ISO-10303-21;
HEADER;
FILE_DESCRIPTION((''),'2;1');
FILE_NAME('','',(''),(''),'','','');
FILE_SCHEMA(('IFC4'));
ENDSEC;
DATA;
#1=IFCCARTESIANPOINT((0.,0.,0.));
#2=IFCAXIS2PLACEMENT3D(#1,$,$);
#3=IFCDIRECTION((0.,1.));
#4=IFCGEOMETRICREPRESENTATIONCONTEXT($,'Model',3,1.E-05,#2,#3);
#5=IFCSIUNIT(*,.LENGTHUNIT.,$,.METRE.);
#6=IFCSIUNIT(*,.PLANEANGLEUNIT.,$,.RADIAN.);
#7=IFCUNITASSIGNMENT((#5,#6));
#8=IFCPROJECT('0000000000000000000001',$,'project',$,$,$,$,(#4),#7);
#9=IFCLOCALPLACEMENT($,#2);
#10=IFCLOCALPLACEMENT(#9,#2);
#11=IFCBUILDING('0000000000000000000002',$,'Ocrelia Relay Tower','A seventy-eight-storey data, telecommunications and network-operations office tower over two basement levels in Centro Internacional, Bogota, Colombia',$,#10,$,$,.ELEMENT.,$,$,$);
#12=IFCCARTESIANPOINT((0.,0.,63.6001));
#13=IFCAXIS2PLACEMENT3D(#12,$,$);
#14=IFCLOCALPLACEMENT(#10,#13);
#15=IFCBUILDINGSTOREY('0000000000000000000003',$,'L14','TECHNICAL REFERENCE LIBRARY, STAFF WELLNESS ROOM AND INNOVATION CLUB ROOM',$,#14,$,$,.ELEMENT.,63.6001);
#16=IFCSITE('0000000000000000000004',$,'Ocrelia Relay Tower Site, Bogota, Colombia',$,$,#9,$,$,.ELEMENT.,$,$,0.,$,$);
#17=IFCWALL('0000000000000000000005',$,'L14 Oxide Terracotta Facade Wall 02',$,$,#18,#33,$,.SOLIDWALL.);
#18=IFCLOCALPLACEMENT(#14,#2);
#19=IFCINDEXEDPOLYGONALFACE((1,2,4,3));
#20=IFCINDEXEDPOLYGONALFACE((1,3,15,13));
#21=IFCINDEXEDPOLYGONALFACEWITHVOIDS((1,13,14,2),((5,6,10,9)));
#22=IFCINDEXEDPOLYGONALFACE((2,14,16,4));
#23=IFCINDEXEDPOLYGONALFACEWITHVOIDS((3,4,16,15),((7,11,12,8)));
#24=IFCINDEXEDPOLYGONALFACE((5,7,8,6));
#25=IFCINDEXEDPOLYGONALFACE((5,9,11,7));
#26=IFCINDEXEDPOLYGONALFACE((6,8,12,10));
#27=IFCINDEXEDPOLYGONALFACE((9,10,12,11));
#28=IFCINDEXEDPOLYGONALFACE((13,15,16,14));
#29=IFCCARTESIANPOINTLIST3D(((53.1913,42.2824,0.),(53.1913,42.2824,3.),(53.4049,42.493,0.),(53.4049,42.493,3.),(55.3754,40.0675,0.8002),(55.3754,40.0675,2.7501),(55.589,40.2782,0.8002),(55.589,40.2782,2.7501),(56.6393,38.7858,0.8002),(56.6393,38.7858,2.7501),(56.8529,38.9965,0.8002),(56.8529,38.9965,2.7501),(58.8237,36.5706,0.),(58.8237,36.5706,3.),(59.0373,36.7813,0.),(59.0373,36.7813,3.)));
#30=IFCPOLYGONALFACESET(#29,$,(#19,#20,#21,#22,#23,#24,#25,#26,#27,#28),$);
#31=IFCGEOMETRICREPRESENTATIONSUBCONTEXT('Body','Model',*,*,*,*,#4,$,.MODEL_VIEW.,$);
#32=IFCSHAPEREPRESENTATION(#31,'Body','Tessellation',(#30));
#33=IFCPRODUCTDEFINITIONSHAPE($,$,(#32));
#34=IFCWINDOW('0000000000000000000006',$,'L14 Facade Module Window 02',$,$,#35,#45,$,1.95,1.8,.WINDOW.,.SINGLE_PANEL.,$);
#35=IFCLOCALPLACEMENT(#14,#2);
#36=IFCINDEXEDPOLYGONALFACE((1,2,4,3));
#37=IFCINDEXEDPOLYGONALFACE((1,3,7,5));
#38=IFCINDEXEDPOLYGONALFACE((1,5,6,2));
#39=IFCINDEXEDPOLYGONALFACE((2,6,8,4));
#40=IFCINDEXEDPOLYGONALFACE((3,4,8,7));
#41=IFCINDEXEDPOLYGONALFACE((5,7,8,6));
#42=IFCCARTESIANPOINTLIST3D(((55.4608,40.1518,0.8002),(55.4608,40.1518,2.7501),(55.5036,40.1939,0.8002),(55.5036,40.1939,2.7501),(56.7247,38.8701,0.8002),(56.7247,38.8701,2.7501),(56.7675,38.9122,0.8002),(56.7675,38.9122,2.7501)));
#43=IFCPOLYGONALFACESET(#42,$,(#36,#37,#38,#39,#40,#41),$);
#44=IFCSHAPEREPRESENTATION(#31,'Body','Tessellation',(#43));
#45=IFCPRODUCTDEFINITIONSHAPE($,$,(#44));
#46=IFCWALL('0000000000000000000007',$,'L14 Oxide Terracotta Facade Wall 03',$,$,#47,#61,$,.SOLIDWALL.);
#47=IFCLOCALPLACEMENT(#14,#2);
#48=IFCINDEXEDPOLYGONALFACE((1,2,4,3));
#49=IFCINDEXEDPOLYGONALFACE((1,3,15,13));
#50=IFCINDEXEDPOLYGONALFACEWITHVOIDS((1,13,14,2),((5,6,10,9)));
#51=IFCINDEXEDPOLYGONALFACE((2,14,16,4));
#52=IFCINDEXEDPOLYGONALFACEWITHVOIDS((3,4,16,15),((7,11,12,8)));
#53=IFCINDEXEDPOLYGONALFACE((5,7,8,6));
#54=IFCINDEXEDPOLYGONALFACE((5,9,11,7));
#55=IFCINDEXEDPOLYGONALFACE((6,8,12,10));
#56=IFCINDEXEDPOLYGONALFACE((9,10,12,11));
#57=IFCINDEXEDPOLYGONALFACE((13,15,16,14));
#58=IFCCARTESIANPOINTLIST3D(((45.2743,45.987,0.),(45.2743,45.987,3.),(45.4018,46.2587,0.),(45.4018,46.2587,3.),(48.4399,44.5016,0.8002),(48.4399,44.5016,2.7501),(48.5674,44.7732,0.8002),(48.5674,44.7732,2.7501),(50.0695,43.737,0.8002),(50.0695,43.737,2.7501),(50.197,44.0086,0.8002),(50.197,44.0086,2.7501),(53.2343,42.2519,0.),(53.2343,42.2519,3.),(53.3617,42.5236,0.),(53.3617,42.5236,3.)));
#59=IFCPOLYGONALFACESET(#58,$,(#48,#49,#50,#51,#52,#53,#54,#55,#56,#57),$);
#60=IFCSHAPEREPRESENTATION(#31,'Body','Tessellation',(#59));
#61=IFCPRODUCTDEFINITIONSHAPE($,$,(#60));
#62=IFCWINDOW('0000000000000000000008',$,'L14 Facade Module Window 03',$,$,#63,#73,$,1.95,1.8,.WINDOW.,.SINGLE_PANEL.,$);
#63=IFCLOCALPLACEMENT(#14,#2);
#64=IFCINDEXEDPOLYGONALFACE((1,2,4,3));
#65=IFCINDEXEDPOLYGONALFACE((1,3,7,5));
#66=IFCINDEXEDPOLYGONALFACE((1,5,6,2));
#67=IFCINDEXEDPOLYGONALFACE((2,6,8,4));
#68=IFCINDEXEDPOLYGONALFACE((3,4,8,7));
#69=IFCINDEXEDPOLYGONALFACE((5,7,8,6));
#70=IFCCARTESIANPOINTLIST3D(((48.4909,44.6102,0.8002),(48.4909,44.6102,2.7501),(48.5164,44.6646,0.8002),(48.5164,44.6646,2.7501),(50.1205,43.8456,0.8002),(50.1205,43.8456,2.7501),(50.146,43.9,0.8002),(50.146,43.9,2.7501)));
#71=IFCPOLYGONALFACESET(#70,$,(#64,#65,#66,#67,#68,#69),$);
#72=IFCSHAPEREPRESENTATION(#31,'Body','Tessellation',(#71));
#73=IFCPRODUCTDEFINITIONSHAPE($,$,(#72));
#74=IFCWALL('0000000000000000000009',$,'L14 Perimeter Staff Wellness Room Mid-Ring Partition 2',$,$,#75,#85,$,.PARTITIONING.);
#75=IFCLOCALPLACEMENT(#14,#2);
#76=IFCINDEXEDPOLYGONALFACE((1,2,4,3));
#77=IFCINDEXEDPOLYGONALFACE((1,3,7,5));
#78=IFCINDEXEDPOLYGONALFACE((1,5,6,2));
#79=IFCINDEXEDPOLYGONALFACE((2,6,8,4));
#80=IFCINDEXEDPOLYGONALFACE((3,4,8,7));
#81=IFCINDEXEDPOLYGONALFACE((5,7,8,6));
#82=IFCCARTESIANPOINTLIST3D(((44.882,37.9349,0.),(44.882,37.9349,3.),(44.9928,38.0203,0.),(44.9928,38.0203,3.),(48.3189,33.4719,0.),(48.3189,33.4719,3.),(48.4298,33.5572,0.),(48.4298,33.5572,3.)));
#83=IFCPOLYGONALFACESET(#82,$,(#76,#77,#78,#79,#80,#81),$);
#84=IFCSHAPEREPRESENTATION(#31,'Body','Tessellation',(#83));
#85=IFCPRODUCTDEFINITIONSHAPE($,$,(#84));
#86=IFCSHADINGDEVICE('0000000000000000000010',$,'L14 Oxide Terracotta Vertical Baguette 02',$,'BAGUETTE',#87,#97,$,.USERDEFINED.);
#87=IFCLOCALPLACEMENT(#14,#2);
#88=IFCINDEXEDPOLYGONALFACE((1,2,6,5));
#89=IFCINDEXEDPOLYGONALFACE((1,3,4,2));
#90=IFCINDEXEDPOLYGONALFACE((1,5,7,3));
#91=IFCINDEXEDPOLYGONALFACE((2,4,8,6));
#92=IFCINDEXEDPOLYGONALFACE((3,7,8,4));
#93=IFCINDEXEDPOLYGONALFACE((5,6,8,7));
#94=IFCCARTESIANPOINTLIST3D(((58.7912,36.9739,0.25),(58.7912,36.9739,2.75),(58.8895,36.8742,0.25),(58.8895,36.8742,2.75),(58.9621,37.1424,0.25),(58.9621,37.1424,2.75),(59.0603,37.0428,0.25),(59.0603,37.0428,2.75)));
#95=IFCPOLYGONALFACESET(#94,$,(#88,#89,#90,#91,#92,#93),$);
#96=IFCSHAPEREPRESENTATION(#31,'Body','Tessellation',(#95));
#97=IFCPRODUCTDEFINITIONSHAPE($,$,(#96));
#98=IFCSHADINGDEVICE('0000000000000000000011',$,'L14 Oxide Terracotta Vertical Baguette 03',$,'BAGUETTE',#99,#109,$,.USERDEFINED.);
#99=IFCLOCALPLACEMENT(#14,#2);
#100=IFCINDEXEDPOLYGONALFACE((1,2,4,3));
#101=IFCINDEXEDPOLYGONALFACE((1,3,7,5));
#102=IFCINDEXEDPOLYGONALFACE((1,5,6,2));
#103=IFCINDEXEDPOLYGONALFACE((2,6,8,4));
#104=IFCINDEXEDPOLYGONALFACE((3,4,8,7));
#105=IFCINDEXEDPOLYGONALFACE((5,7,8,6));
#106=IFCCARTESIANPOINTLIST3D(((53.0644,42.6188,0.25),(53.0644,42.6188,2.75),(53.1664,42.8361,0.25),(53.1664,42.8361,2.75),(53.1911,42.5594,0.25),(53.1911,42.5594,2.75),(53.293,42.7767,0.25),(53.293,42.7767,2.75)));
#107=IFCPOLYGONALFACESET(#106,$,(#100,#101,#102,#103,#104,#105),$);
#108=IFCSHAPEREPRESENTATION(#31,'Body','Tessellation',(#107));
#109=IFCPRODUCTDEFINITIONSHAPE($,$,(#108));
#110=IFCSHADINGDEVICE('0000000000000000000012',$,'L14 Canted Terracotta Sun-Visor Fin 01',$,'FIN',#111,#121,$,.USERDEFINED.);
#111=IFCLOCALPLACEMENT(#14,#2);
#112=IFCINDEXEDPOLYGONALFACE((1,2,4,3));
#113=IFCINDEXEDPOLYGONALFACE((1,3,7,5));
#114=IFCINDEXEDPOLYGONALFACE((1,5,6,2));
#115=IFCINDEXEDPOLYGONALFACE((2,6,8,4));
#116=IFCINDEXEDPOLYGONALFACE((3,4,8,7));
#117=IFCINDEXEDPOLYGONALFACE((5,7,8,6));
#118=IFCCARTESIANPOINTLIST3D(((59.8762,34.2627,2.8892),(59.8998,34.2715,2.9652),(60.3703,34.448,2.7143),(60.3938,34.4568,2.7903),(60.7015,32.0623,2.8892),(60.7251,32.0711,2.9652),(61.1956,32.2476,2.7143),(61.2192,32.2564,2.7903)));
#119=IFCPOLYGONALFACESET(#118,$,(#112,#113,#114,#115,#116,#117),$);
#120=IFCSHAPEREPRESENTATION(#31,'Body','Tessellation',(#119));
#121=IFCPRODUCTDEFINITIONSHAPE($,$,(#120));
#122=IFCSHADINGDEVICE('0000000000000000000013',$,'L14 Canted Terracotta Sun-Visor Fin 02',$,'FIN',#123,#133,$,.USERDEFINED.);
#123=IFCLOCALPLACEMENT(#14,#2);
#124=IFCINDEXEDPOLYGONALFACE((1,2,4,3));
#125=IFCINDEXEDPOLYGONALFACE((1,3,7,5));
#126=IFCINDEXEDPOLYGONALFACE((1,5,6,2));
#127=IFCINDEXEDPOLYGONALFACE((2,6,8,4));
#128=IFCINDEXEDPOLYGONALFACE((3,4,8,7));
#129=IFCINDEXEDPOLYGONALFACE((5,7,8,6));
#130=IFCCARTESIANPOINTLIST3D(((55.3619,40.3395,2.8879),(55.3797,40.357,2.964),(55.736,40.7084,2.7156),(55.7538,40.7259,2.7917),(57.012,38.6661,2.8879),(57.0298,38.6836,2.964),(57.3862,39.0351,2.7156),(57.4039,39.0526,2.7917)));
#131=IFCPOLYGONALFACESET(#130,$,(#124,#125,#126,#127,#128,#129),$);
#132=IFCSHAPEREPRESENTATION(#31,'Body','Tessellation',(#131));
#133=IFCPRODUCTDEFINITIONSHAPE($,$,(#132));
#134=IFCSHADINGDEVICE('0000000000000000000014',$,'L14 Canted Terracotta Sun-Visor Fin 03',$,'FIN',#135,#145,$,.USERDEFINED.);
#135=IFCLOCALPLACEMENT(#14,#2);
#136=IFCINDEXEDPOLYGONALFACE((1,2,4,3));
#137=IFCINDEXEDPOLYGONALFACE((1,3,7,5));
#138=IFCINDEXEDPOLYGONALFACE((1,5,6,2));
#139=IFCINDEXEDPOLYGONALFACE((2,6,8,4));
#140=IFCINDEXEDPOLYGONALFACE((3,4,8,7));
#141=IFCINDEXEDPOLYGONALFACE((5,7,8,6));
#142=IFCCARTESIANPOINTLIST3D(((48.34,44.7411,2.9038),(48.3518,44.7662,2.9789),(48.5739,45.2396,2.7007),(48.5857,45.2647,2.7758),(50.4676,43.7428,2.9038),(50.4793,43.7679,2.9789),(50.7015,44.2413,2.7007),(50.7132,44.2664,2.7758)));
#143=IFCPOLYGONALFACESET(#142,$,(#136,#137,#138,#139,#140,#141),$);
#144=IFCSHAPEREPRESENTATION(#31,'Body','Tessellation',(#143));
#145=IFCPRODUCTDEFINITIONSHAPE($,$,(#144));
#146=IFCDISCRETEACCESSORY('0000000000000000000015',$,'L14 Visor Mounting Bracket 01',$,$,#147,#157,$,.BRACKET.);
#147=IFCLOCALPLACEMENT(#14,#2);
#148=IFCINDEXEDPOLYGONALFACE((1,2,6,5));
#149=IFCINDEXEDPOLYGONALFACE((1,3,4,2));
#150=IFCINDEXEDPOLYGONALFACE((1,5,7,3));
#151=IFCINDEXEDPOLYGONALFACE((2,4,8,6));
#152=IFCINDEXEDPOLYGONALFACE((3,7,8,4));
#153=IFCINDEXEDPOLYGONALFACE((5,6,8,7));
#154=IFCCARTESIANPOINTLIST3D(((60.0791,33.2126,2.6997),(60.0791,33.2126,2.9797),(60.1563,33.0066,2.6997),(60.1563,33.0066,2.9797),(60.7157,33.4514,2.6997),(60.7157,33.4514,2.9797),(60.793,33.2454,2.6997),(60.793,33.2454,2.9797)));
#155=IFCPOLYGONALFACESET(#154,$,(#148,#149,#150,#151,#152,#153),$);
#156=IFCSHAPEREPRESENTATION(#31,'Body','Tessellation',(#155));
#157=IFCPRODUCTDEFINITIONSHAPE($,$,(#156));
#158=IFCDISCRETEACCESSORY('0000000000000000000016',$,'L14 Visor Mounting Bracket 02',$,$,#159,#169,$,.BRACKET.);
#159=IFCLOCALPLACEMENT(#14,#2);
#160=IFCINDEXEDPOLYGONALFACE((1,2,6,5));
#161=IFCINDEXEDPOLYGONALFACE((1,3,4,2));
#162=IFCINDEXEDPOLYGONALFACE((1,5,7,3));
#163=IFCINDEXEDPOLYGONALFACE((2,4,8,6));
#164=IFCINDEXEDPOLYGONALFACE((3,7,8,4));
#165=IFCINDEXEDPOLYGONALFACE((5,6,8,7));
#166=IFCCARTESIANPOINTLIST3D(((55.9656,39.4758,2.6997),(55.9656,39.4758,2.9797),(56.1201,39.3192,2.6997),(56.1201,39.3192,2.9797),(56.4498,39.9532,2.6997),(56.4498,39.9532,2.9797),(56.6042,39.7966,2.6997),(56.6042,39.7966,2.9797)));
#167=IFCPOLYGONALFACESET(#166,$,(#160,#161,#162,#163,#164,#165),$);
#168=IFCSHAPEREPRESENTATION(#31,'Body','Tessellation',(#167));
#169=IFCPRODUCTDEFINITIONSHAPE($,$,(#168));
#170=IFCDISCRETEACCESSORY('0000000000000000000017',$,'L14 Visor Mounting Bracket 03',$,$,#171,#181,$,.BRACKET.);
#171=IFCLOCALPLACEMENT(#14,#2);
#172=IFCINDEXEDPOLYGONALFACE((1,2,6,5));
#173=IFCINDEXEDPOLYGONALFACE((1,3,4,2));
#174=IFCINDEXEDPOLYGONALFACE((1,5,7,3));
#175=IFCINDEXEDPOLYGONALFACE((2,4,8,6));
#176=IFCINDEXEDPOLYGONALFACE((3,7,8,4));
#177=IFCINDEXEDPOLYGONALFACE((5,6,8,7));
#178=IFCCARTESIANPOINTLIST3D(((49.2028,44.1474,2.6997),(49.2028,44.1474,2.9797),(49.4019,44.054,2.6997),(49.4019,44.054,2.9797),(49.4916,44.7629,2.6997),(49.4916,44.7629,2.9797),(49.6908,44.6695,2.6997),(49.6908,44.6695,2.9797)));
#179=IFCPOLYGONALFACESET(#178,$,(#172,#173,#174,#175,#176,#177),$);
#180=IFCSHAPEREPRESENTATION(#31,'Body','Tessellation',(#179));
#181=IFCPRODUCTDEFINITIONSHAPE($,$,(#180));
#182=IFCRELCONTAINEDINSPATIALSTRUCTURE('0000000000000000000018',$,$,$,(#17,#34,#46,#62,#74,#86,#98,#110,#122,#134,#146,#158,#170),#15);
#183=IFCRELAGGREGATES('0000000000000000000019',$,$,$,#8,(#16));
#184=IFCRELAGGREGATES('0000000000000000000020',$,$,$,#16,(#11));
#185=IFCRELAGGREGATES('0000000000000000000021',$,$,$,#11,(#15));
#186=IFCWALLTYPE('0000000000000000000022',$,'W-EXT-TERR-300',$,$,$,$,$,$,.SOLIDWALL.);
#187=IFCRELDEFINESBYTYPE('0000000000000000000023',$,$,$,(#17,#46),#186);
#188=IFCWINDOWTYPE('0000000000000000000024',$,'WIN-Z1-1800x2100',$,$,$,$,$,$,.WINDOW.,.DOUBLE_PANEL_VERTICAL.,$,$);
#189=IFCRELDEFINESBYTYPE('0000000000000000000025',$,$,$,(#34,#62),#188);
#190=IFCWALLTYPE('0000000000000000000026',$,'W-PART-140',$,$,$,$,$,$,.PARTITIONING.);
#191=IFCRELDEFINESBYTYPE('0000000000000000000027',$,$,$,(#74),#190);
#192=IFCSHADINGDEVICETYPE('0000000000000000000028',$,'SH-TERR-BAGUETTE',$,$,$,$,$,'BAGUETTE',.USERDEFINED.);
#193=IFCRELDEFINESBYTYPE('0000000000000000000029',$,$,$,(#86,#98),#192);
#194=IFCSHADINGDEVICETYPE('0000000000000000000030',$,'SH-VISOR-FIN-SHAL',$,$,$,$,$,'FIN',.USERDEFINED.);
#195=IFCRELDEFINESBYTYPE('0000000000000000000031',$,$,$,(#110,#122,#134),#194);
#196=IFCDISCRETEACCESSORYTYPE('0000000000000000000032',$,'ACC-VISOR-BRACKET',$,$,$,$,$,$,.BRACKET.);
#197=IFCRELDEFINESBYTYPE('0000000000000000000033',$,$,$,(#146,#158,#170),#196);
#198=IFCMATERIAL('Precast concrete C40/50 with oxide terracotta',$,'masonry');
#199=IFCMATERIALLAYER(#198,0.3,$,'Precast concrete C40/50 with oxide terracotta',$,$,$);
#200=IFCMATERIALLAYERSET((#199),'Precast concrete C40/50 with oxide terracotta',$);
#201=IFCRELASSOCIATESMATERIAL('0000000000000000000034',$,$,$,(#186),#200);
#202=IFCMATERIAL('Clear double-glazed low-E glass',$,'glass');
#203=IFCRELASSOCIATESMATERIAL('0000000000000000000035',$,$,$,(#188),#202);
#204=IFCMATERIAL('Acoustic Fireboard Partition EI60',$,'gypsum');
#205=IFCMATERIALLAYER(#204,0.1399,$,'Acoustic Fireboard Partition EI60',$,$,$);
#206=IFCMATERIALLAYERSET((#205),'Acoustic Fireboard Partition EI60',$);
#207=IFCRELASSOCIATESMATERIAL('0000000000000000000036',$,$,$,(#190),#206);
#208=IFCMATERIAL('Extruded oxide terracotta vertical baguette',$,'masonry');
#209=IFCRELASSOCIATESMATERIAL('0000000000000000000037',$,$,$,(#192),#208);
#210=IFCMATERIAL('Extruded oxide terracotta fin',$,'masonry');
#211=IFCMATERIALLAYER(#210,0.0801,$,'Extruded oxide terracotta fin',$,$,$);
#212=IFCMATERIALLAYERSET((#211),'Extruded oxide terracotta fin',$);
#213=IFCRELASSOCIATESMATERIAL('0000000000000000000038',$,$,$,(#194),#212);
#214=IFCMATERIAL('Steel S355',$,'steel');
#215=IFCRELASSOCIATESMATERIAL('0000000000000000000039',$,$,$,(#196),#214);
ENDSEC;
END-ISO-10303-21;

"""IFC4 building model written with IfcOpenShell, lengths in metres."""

from ifc_helpers import new_model, si_unit, direction, frame, frame_2d, origin, origin_2d, place, context, subcontext, project, spatial, rectangle, extrude, material, layer, layer_set, type_object, element, fill, save


model = new_model("IFC4")

# Units and contexts
model_context = context("Model", 3, precision=1e-05, world=origin(), true_north=direction((0.0, 1.0)))
body_context = subcontext(model_context, "Body", "Model", "MODEL_VIEW")
ifc_project = project(units=[si_unit("LENGTHUNIT", "METRE"), si_unit("PLANEANGLEUNIT", "RADIAN")], contexts=[model_context])

# Site, building, storey
site_placement = place(None, origin())
site = spatial("IfcSite", under=ifc_project, at=site_placement, Name="Ocrelia Relay Tower Site, Bogota, Colombia", CompositionType="ELEMENT", RefElevation=0.0)
building_placement = place(site_placement, origin())
building = spatial("IfcBuilding", under=site, at=building_placement, Name="Ocrelia Relay Tower", Description="A seventy-eight-storey data, telecommunications and network-operations office tower over two basement levels in Centro Internacional, Bogota, Colombia", CompositionType="ELEMENT")
storey_placement = place(building_placement, frame((0.0, 0.0, 63.6001)))
storey = spatial("IfcBuildingStorey", under=building, at=storey_placement, Name="L14", Description="TECHNICAL REFERENCE LIBRARY, STAFF WELLNESS ROOM AND INNOVATION CLUB ROOM", CompositionType="ELEMENT", Elevation=63.6001)

# Shared definitions
ifc_material_1 = material(Name="Steel S355", Category="steel")

# Shared definitions
ifc_material_2 = material(Name="Clear double-glazed low-E glass", Category="glass")

# Walls, openings, windows
ifc_material_3 = material(Name="Precast concrete C40/50 with oxide terracotta", Category="masonry")
ifc_layer_1 = layer(ifc_material_3, 0.3, Name="Precast concrete C40/50 with oxide terracotta")
ifc_layer_set_1 = layer_set([ifc_layer_1], Name="Precast concrete C40/50 with oxide terracotta")
wall_type_1 = type_object("IfcWallType", Name="W-EXT-TERR-300", PredefinedType="SOLIDWALL", material=ifc_layer_set_1)
wall_1_placement = place(storey_placement, frame((58.9304, 36.676, 0.0), z_axis=(0.0, 0.0, 1.0), x_axis=(-0.702144, 0.712035, 0.0)))
wall_1 = element("IfcWall", 1, at=wall_1_placement, inside=storey, type_object=wall_type_1, Name="L14 Oxide Terracotta Facade Wall 02", PredefinedType="SOLIDWALL", context=body_context, shape_type="SweptSolid", body=[
    extrude(rectangle(XDim=8.0217, YDim=0.3, at=frame_2d((4.0107, 0.0))), origin(), (0.0, 0.0, 1.0), 3.0),
])
opening_1_placement = place(wall_1_placement, frame((3.1111, 0.0, 0.8)))
opening_1 = element("IfcOpeningElement", 2, at=opening_1_placement, cuts=wall_1, PredefinedType="OPENING", context=body_context, shape_type="SweptSolid", body=[
    extrude(rectangle(XDim=1.8, YDim=1.95, at=frame_2d((0.8999, 0.9751))), frame((0.0, 0.1602, 0.0), z_axis=(0.0, -1.0, 0.0), x_axis=(1.0, 0.0, 0.0)), (0.0, 0.0, 1.0), 0.3201),
])
window_type = type_object("IfcWindowType", Name="WIN-Z1-1800x2100", PartitioningType="DOUBLE_PANEL_VERTICAL", PredefinedType="WINDOW", material=ifc_material_2)
window_1_placement = place(opening_1_placement, origin())
window_1 = element("IfcWindow", 3, at=window_1_placement, inside=storey, type_object=window_type, Name="L14 Facade Module Window 02", OverallHeight=1.95, OverallWidth=1.8, PartitioningType="SINGLE_PANEL", PredefinedType="WINDOW", context=body_context, shape_type="SweptSolid", body=[
    extrude(rectangle(XDim=1.8, YDim=1.95, at=frame_2d((0.8999, 0.9751))), frame((0.0, 0.03, 0.0), z_axis=(0.0, -1.0, 0.0), x_axis=(1.0, 0.0, 0.0)), (0.0, 0.0, 1.0), 0.0601),
])
fill(opening_1, window_1)
wall_2_placement = place(storey_placement, frame((53.2981, 42.3877, 0.0), z_axis=(0.0, 0.0, 1.0), x_axis=(-0.905289, 0.424795, 0.0)))
wall_2 = element("IfcWall", 4, at=wall_2_placement, inside=storey, type_object=wall_type_1, Name="L14 Oxide Terracotta Facade Wall 03", PredefinedType="SOLIDWALL", context=body_context, shape_type="SweptSolid", body=[
    extrude(rectangle(XDim=8.7927, YDim=0.3, at=frame_2d((4.3965, 0.0))), origin(), (0.0, 0.0, 1.0), 3.0),
])
opening_2_placement = place(wall_2_placement, frame((3.4961, 0.0, 0.8)))
opening_2 = element("IfcOpeningElement", 5, at=opening_2_placement, cuts=wall_2, PredefinedType="OPENING", context=body_context, shape_type="SweptSolid", body=[
    extrude(rectangle(XDim=1.8, YDim=1.95, at=frame_2d((0.8999, 0.9751))), frame((0.0, 0.1602, 0.0), z_axis=(0.0, -1.0, 0.0), x_axis=(1.0, 0.0, 0.0)), (0.0, 0.0, 1.0), 0.3201),
])
window_2_placement = place(opening_2_placement, origin())
window_2 = element("IfcWindow", 6, at=window_2_placement, inside=storey, type_object=window_type, Name="L14 Facade Module Window 03", OverallHeight=1.95, OverallWidth=1.8, PartitioningType="SINGLE_PANEL", PredefinedType="WINDOW", context=body_context, shape_type="SweptSolid", body=[
    extrude(rectangle(XDim=1.8, YDim=1.95, at=frame_2d((0.8999, 0.9751))), frame((0.0, 0.03, 0.0), z_axis=(0.0, -1.0, 0.0), x_axis=(1.0, 0.0, 0.0)), (0.0, 0.0, 1.0), 0.0601),
])
fill(opening_2, window_2)

# Wall
ifc_material_4 = material(Name="Acoustic Fireboard Partition EI60", Category="gypsum")
ifc_layer_2 = layer(ifc_material_4, 0.1399, Name="Acoustic Fireboard Partition EI60")
ifc_layer_set_2 = layer_set([ifc_layer_2], Name="Acoustic Fireboard Partition EI60")
wall_type_2 = type_object("IfcWallType", Name="W-PART-140", PredefinedType="PARTITIONING", material=ifc_layer_set_2)
wall_3_placement = place(storey_placement, frame((48.3743, 33.5146, 0.0), z_axis=(0.0, 0.0, 1.0), x_axis=(-0.610138, 0.792295, 0.0)))
element("IfcWall", 7, at=wall_3_placement, inside=storey, type_object=wall_type_2, Name="L14 Perimeter Staff Wellness Room Mid-Ring Partition 2", PredefinedType="PARTITIONING", context=body_context, shape_type="SweptSolid", body=[
    extrude(rectangle(XDim=5.6331, YDim=0.1399, at=frame_2d((2.8164, 0.0))), origin(), (0.0, 0.0, 1.0), 3.0),
])

# Shading devices
ifc_material_5 = material(Name="Extruded oxide terracotta vertical baguette", Category="masonry")
shading_device_type_1 = type_object("IfcShadingDeviceType", Name="SH-TERR-BAGUETTE", ElementType="BAGUETTE", PredefinedType="USERDEFINED", material=ifc_material_5)
for number, where, z_axis, x_axis, name in (
    (8, (58.9258, 37.0083, 0.25), (0.0, 0.0, 1.0), (-0.702147, 0.712032, 0.0), "L14 Oxide Terracotta Vertical Baguette 02"),
    (9, (53.1787, 42.6978, 0.25), (0.0, 0.0, 1.0), (-0.905291, 0.424793, 0.0), "L14 Oxide Terracotta Vertical Baguette 03"),
):
    element("IfcShadingDevice", number, at=place(storey_placement, frame(where, z_axis=z_axis, x_axis=x_axis)), inside=storey, type_object=shading_device_type_1, Name=name, ObjectType="BAGUETTE", PredefinedType="USERDEFINED", context=body_context, shape_type="SweptSolid", body=[
        extrude(rectangle(XDim=0.1399, YDim=0.24, at=origin_2d()), origin(), (0.0, 0.0, 1.0), 2.5),
    ])
ifc_material_6 = material(Name="Extruded oxide terracotta fin", Category="masonry")
ifc_layer_3 = layer(ifc_material_6, 0.0801, Name="Extruded oxide terracotta fin")
ifc_layer_set_3 = layer_set([ifc_layer_3], Name="Extruded oxide terracotta fin")
shading_device_type_2 = type_object("IfcShadingDeviceType", Name="SH-VISOR-FIN-SHAL", ElementType="FIN", PredefinedType="USERDEFINED", material=ifc_layer_set_3)
shading_device_1_placement = place(storey_placement, frame((60.5359, 33.2551, 2.8018), z_axis=(0.294613, 0.110504, 0.949206), x_axis=(-0.351189, 0.936304, 0.0)))
element("IfcShadingDevice", 10, at=shading_device_1_placement, inside=storey, type_object=shading_device_type_2, Name="L14 Canted Terracotta Sun-Visor Fin 01", ObjectType="FIN", PredefinedType="USERDEFINED", context=body_context, shape_type="SweptSolid", body=[
    extrude(rectangle(XDim=2.3501, YDim=0.5559, at=origin_2d()), origin(), (0.0, 0.0, 1.0), 0.0801),
])
shading_device_2_placement = place(storey_placement, frame((56.374, 39.6873, 2.8018), z_axis=(0.221802, 0.218723, 0.950244), x_axis=(-0.702147, 0.712032, 0.0)))
element("IfcShadingDevice", 11, at=shading_device_2_placement, inside=storey, type_object=shading_device_type_2, Name="L14 Canted Terracotta Sun-Visor Fin 02", ObjectType="FIN", PredefinedType="USERDEFINED", context=body_context, shape_type="SweptSolid", body=[
    extrude(rectangle(XDim=2.3501, YDim=0.553, at=origin_2d()), origin(), (0.0, 0.0, 1.0), 0.0801),
])
shading_device_3_placement = place(storey_placement, frame((49.5208, 44.4912, 2.8022), z_axis=(0.147028, 0.313337, 0.938191), x_axis=(-0.905291, 0.424793, 0.0)))
element("IfcShadingDevice", 12, at=shading_device_3_placement, inside=storey, type_object=shading_device_type_2, Name="L14 Canted Terracotta Sun-Visor Fin 03", ObjectType="FIN", PredefinedType="USERDEFINED", context=body_context, shape_type="SweptSolid", body=[
    extrude(rectangle(XDim=2.3501, YDim=0.5869, at=origin_2d()), origin(), (0.0, 0.0, 1.0), 0.0801),
])

# Discrete accessories
discrete_accessory_type = type_object("IfcDiscreteAccessoryType", Name="ACC-VISOR-BRACKET", PredefinedType="BRACKET", material=ifc_material_1)
for number, where, z_axis, x_axis, name in (
    (13, (60.436, 33.229, 2.6997), (0.0, 0.0, 1.0), (-0.351189, 0.936304, 0.0), "L14 Visor Mounting Bracket 01"),
    (14, (56.2849, 39.6362, 2.6997), (0.0, 0.0, 1.0), (-0.702147, 0.712032, 0.0), "L14 Visor Mounting Bracket 02"),
    (15, (49.4468, 44.4084, 2.6997), (0.0, 0.0, 1.0), (-0.905291, 0.424793, 0.0), "L14 Visor Mounting Bracket 03"),
):
    element("IfcDiscreteAccessory", number, at=place(storey_placement, frame(where, z_axis=z_axis, x_axis=x_axis)), inside=storey, type_object=discrete_accessory_type, Name=name, PredefinedType="BRACKET", context=body_context, shape_type="SweptSolid", body=[
        extrude(rectangle(XDim=0.22, YDim=0.6799, at=origin_2d()), origin(), (0.0, 0.0, 1.0), 0.28),
    ])

save(model, "model.ifc")
